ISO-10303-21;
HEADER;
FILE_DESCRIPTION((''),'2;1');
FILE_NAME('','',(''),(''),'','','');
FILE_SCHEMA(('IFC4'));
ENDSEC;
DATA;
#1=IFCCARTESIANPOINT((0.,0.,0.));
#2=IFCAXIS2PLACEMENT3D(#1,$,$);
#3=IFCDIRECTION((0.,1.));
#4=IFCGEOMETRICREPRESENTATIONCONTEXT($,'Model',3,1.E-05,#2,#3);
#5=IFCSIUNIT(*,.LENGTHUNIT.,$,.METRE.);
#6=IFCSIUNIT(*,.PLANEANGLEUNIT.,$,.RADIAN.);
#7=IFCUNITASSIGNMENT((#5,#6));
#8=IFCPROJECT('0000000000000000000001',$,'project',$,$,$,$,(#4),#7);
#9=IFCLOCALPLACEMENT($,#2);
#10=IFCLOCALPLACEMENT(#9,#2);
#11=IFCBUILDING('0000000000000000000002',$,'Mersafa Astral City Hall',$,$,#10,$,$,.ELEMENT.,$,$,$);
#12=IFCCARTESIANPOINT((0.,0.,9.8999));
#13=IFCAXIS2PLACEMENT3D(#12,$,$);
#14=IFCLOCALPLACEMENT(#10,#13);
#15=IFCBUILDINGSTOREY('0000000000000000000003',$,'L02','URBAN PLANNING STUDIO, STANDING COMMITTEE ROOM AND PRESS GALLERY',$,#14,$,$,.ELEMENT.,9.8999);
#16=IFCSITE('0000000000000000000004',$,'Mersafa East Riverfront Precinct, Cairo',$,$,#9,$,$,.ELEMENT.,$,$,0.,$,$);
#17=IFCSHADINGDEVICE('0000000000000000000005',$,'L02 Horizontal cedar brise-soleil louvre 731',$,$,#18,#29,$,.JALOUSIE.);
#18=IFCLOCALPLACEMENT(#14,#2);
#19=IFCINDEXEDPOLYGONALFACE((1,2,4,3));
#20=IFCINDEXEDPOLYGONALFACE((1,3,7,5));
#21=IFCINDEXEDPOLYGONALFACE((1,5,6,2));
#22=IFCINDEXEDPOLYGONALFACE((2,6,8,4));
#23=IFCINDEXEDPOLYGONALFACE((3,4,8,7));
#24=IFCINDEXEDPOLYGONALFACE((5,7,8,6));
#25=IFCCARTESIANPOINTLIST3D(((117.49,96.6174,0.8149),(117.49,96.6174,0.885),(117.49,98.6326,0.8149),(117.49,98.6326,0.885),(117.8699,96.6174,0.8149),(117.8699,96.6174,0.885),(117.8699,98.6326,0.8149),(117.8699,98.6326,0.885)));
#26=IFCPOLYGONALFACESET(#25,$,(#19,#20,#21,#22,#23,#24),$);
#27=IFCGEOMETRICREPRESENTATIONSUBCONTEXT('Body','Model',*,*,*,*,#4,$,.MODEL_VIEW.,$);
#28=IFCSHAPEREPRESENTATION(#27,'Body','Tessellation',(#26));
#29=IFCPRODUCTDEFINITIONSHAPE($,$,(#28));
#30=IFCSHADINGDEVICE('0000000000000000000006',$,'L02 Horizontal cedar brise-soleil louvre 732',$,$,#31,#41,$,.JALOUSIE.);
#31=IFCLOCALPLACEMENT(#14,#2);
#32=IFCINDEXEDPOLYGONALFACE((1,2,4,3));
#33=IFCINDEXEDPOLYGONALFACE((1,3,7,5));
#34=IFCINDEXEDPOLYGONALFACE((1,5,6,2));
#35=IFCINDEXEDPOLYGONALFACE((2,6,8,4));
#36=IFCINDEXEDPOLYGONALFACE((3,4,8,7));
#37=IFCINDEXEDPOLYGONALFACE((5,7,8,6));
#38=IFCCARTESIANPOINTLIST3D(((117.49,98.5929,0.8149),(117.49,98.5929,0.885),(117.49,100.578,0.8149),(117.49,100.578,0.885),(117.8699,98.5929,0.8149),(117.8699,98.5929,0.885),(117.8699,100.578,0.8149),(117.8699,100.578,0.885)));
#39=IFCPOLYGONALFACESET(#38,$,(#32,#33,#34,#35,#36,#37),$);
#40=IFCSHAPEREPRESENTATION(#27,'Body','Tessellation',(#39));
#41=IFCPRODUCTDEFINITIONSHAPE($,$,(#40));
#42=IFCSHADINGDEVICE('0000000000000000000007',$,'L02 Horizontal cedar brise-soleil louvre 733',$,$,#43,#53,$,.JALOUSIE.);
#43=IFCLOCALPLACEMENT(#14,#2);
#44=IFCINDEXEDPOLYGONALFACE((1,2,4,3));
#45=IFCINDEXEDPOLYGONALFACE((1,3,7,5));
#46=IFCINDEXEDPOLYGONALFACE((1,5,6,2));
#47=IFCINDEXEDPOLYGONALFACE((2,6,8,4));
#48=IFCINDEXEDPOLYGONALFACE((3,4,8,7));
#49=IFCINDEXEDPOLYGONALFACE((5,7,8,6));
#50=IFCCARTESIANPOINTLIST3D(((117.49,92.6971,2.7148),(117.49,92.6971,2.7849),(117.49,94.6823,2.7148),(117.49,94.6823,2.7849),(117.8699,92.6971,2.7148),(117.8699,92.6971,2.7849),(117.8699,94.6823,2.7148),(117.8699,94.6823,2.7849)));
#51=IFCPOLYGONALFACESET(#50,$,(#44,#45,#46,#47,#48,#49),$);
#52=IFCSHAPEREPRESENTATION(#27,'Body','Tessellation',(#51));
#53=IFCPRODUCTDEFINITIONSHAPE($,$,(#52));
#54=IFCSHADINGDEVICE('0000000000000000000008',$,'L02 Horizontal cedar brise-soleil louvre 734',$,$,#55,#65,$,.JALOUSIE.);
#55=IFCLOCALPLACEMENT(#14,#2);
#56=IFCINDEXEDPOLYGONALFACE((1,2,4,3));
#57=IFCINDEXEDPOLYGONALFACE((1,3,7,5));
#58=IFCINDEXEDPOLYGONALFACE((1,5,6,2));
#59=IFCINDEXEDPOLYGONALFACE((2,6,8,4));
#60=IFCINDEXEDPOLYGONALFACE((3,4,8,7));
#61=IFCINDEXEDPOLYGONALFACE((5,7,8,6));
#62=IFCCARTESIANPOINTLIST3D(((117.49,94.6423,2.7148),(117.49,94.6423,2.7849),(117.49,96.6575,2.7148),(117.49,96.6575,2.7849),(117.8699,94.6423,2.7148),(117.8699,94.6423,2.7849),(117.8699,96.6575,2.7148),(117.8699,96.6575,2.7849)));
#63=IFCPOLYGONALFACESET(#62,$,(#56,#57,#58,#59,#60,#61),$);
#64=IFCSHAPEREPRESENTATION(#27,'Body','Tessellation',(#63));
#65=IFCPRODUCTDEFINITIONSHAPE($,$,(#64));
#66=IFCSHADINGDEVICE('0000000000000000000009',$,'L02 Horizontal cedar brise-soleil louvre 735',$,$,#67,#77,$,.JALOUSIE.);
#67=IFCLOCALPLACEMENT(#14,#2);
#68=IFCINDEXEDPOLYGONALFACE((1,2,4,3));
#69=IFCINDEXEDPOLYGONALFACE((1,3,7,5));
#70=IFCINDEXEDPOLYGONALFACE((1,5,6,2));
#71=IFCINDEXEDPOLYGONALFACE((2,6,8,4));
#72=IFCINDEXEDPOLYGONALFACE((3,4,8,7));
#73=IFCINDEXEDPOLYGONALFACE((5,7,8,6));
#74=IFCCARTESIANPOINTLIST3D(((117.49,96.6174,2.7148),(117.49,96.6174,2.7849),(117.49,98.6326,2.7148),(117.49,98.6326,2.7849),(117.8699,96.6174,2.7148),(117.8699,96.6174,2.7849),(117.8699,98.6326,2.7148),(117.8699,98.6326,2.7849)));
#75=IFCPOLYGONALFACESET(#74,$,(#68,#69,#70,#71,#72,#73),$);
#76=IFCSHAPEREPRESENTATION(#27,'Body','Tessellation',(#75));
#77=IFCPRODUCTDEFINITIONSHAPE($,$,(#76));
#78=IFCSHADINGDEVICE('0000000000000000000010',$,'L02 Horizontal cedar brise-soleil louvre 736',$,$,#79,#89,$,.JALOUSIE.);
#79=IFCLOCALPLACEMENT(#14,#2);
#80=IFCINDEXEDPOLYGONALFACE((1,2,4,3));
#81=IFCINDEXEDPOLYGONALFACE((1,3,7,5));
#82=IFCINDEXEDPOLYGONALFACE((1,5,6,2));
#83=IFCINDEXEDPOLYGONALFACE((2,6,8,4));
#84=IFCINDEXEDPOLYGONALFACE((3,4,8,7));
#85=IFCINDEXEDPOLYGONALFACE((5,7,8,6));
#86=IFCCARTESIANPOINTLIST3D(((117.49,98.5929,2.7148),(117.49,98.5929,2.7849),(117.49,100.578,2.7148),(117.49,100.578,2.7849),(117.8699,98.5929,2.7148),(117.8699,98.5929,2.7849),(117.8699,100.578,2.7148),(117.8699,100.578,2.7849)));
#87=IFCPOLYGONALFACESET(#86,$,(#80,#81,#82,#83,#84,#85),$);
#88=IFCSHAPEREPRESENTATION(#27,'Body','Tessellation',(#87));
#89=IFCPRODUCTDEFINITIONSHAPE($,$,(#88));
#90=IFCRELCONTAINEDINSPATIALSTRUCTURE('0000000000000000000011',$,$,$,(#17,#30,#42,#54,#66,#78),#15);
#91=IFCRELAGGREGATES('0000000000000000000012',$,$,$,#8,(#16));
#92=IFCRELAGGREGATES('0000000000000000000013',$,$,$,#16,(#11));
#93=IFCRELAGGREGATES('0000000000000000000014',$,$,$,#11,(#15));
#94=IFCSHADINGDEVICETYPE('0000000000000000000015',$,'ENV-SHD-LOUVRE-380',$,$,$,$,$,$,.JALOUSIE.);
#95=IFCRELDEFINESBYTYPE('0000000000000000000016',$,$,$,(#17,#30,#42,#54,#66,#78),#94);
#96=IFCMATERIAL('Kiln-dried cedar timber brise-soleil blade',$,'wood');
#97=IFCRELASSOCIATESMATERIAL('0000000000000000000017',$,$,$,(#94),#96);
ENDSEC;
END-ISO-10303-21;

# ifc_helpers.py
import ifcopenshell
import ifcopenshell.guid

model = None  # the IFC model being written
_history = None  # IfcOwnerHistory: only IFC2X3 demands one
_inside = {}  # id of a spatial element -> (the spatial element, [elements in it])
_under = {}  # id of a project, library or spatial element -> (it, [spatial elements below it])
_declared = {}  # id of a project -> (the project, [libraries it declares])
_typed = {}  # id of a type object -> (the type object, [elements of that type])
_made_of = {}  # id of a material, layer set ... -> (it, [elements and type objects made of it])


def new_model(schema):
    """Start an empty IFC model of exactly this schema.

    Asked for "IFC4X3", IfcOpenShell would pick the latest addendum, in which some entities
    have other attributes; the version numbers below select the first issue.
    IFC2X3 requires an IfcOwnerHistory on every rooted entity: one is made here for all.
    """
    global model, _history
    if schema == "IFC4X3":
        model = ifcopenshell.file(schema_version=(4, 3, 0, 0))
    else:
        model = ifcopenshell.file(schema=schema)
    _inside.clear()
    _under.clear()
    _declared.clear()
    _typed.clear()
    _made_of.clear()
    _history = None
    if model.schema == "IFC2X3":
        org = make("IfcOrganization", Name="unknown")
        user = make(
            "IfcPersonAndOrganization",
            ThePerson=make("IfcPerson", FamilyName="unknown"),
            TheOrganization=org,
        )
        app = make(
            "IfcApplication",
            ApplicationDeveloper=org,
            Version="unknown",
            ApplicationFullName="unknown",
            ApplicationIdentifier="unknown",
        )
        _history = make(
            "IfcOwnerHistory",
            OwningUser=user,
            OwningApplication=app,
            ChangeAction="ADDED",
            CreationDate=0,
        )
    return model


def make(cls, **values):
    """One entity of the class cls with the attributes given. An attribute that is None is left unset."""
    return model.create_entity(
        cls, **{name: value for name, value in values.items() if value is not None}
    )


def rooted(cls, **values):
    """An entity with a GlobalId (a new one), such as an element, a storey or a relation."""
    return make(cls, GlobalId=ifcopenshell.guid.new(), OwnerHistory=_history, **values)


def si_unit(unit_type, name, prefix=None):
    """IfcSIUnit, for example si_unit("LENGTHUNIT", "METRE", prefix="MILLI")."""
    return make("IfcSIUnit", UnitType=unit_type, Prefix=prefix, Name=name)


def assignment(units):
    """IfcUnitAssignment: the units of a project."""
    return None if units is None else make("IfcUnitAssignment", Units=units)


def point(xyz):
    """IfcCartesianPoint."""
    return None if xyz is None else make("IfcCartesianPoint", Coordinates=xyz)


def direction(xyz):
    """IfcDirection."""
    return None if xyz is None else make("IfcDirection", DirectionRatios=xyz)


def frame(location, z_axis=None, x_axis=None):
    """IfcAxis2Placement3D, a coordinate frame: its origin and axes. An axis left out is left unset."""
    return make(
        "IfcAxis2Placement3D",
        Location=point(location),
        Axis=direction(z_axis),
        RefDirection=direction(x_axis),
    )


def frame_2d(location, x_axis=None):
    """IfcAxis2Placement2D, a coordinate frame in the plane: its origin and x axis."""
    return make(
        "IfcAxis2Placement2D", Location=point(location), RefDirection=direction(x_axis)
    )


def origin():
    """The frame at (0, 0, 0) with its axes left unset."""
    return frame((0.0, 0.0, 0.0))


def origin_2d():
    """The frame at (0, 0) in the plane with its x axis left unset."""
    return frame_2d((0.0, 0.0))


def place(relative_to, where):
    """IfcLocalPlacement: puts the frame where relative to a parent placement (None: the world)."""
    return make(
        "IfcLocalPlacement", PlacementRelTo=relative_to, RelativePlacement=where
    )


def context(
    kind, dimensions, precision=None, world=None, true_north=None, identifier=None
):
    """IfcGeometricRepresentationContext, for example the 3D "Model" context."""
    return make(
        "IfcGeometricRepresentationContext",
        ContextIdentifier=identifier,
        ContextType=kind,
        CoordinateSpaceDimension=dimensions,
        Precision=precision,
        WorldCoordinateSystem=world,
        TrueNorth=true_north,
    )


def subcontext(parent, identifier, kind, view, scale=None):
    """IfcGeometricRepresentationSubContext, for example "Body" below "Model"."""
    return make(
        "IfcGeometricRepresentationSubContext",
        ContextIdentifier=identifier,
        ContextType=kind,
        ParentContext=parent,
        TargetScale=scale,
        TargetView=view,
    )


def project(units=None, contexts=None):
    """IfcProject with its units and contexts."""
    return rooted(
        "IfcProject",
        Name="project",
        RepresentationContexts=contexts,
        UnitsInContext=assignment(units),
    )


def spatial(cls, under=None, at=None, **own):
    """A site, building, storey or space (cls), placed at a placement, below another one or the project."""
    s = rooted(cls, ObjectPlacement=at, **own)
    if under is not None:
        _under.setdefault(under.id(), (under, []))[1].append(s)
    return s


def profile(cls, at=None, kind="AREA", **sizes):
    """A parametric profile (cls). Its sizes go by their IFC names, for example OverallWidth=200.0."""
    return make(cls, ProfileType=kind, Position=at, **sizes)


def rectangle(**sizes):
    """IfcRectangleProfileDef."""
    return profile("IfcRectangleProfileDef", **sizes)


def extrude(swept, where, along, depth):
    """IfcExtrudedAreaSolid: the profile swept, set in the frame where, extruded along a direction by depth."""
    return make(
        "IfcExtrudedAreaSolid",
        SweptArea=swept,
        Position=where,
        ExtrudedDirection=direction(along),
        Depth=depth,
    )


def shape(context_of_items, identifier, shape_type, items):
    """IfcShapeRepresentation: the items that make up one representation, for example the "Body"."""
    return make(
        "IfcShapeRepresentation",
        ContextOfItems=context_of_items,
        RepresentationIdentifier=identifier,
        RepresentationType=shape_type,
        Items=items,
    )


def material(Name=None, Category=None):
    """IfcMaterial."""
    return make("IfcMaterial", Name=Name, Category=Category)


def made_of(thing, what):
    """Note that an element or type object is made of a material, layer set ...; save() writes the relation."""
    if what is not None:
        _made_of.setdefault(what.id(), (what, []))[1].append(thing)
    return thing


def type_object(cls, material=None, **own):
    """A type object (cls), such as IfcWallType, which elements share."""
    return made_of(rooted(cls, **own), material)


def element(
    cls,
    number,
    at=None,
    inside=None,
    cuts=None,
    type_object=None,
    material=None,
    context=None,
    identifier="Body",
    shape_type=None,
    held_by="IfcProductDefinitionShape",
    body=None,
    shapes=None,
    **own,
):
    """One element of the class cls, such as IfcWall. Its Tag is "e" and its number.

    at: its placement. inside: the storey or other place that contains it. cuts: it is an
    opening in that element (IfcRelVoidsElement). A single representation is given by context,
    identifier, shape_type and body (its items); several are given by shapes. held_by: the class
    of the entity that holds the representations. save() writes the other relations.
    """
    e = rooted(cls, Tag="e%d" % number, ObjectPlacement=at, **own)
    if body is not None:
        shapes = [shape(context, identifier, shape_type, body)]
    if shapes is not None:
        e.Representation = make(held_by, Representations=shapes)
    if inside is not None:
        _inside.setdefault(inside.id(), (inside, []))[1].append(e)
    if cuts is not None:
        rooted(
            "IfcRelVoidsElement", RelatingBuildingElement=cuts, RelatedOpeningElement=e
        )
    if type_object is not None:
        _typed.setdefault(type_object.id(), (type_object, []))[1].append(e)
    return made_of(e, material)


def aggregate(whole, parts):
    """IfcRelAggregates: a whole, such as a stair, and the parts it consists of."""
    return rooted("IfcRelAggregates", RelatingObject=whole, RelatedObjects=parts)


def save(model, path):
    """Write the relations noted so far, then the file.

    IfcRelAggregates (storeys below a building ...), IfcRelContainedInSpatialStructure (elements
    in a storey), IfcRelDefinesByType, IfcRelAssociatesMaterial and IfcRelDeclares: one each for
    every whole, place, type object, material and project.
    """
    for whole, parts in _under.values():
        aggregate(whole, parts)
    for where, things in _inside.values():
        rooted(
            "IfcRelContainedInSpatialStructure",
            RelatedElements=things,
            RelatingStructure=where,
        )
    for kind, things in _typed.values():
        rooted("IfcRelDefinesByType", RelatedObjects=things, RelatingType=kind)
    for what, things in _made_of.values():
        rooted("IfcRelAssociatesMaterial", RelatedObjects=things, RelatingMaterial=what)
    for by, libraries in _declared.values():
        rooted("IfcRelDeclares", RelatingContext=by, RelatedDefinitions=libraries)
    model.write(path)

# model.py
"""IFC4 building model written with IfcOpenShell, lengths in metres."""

from ifc_helpers import new_model, si_unit, direction, frame, origin, origin_2d, place, context, subcontext, project, spatial, rectangle, extrude, material, type_object, element, save


model = new_model("IFC4")

# Units and contexts
model_context = context("Model", 3, precision=1e-05, world=origin(), true_north=direction((0.0, 1.0)))
body_context = subcontext(model_context, "Body", "Model", "MODEL_VIEW")
ifc_project = project(units=[si_unit("LENGTHUNIT", "METRE"), si_unit("PLANEANGLEUNIT", "RADIAN")], contexts=[model_context])

# Site, building, storey
site_placement = place(None, origin())
site = spatial("IfcSite", under=ifc_project, at=site_placement, Name="Mersafa East Riverfront Precinct, Cairo", CompositionType="ELEMENT", RefElevation=0.0)
building_placement = place(site_placement, origin())
building = spatial("IfcBuilding", under=site, at=building_placement, Name="Mersafa Astral City Hall", CompositionType="ELEMENT")
storey_placement = place(building_placement, frame((0.0, 0.0, 9.8999)))
storey = spatial("IfcBuildingStorey", under=building, at=storey_placement, Name="L02", Description="URBAN PLANNING STUDIO, STANDING COMMITTEE ROOM AND PRESS GALLERY", CompositionType="ELEMENT", Elevation=9.8999)

# Shading devices
ifc_material_1 = material(Name="Kiln-dried cedar timber brise-soleil blade", Category="wood")
shading_device_type_1 = type_object("IfcShadingDeviceType", Name="ENV-SHD-LOUVRE-380", PredefinedType="JALOUSIE", material=ifc_material_1)
for number, where, z_axis, x_axis, name in (
    (1, (117.6799, 97.625, 0.8149), (0.0, 0.0, 1.0), (0.0, 1.0, 0.0), "L02 Horizontal cedar brise-soleil louvre 731"),
):
    element("IfcShadingDevice", number, at=place(storey_placement, frame(where, z_axis=z_axis, x_axis=x_axis)), inside=storey, type_object=shading_device_type_1, Name=name, PredefinedType="JALOUSIE", context=body_context, shape_type="SweptSolid", body=[
        extrude(rectangle(XDim=2.0151, YDim=0.3799, at=origin_2d()), origin(), (0.0, 0.0, 1.0), 0.0701),
    ])
for number, where, z_axis, x_axis, name in (
    (2, (117.6799, 99.5854, 0.8149), (0.0, 0.0, 1.0), (0.0, 1.0, 0.0), "L02 Horizontal cedar brise-soleil louvre 732"),
    (3, (117.6799, 93.6897, 2.7148), (0.0, 0.0, 1.0), (0.0, 1.0, 0.0), "L02 Horizontal cedar brise-soleil louvre 733"),
):
    element("IfcShadingDevice", number, at=place(storey_placement, frame(where, z_axis=z_axis, x_axis=x_axis)), inside=storey, type_object=shading_device_type_1, Name=name, PredefinedType="JALOUSIE", context=body_context, shape_type="SweptSolid", body=[
        extrude(rectangle(XDim=1.9851, YDim=0.3799, at=origin_2d()), origin(), (0.0, 0.0, 1.0), 0.0701),
    ])
for number, where, z_axis, x_axis, name in (
    (4, (117.6799, 95.6499, 2.7148), (0.0, 0.0, 1.0), (0.0, 1.0, 0.0), "L02 Horizontal cedar brise-soleil louvre 734"),
    (5, (117.6799, 97.625, 2.7148), (0.0, 0.0, 1.0), (0.0, 1.0, 0.0), "L02 Horizontal cedar brise-soleil louvre 735"),
):
    element("IfcShadingDevice", number, at=place(storey_placement, frame(where, z_axis=z_axis, x_axis=x_axis)), inside=storey, type_object=shading_device_type_1, Name=name, PredefinedType="JALOUSIE", context=body_context, shape_type="SweptSolid", body=[
        extrude(rectangle(XDim=2.0151, YDim=0.3799, at=origin_2d()), origin(), (0.0, 0.0, 1.0), 0.0701),
    ])
shading_device_1_placement = place(storey_placement, frame((117.6799, 99.5854, 2.7148), z_axis=(0.0, 0.0, 1.0), x_axis=(0.0, 1.0, 0.0)))
element("IfcShadingDevice", 6, at=shading_device_1_placement, inside=storey, type_object=shading_device_type_1, Name="L02 Horizontal cedar brise-soleil louvre 736", PredefinedType="JALOUSIE", context=body_context, shape_type="SweptSolid", body=[
    extrude(rectangle(XDim=1.9851, YDim=0.3799, at=origin_2d()), origin(), (0.0, 0.0, 1.0), 0.0701),
])

save(model, "model.ifc")
